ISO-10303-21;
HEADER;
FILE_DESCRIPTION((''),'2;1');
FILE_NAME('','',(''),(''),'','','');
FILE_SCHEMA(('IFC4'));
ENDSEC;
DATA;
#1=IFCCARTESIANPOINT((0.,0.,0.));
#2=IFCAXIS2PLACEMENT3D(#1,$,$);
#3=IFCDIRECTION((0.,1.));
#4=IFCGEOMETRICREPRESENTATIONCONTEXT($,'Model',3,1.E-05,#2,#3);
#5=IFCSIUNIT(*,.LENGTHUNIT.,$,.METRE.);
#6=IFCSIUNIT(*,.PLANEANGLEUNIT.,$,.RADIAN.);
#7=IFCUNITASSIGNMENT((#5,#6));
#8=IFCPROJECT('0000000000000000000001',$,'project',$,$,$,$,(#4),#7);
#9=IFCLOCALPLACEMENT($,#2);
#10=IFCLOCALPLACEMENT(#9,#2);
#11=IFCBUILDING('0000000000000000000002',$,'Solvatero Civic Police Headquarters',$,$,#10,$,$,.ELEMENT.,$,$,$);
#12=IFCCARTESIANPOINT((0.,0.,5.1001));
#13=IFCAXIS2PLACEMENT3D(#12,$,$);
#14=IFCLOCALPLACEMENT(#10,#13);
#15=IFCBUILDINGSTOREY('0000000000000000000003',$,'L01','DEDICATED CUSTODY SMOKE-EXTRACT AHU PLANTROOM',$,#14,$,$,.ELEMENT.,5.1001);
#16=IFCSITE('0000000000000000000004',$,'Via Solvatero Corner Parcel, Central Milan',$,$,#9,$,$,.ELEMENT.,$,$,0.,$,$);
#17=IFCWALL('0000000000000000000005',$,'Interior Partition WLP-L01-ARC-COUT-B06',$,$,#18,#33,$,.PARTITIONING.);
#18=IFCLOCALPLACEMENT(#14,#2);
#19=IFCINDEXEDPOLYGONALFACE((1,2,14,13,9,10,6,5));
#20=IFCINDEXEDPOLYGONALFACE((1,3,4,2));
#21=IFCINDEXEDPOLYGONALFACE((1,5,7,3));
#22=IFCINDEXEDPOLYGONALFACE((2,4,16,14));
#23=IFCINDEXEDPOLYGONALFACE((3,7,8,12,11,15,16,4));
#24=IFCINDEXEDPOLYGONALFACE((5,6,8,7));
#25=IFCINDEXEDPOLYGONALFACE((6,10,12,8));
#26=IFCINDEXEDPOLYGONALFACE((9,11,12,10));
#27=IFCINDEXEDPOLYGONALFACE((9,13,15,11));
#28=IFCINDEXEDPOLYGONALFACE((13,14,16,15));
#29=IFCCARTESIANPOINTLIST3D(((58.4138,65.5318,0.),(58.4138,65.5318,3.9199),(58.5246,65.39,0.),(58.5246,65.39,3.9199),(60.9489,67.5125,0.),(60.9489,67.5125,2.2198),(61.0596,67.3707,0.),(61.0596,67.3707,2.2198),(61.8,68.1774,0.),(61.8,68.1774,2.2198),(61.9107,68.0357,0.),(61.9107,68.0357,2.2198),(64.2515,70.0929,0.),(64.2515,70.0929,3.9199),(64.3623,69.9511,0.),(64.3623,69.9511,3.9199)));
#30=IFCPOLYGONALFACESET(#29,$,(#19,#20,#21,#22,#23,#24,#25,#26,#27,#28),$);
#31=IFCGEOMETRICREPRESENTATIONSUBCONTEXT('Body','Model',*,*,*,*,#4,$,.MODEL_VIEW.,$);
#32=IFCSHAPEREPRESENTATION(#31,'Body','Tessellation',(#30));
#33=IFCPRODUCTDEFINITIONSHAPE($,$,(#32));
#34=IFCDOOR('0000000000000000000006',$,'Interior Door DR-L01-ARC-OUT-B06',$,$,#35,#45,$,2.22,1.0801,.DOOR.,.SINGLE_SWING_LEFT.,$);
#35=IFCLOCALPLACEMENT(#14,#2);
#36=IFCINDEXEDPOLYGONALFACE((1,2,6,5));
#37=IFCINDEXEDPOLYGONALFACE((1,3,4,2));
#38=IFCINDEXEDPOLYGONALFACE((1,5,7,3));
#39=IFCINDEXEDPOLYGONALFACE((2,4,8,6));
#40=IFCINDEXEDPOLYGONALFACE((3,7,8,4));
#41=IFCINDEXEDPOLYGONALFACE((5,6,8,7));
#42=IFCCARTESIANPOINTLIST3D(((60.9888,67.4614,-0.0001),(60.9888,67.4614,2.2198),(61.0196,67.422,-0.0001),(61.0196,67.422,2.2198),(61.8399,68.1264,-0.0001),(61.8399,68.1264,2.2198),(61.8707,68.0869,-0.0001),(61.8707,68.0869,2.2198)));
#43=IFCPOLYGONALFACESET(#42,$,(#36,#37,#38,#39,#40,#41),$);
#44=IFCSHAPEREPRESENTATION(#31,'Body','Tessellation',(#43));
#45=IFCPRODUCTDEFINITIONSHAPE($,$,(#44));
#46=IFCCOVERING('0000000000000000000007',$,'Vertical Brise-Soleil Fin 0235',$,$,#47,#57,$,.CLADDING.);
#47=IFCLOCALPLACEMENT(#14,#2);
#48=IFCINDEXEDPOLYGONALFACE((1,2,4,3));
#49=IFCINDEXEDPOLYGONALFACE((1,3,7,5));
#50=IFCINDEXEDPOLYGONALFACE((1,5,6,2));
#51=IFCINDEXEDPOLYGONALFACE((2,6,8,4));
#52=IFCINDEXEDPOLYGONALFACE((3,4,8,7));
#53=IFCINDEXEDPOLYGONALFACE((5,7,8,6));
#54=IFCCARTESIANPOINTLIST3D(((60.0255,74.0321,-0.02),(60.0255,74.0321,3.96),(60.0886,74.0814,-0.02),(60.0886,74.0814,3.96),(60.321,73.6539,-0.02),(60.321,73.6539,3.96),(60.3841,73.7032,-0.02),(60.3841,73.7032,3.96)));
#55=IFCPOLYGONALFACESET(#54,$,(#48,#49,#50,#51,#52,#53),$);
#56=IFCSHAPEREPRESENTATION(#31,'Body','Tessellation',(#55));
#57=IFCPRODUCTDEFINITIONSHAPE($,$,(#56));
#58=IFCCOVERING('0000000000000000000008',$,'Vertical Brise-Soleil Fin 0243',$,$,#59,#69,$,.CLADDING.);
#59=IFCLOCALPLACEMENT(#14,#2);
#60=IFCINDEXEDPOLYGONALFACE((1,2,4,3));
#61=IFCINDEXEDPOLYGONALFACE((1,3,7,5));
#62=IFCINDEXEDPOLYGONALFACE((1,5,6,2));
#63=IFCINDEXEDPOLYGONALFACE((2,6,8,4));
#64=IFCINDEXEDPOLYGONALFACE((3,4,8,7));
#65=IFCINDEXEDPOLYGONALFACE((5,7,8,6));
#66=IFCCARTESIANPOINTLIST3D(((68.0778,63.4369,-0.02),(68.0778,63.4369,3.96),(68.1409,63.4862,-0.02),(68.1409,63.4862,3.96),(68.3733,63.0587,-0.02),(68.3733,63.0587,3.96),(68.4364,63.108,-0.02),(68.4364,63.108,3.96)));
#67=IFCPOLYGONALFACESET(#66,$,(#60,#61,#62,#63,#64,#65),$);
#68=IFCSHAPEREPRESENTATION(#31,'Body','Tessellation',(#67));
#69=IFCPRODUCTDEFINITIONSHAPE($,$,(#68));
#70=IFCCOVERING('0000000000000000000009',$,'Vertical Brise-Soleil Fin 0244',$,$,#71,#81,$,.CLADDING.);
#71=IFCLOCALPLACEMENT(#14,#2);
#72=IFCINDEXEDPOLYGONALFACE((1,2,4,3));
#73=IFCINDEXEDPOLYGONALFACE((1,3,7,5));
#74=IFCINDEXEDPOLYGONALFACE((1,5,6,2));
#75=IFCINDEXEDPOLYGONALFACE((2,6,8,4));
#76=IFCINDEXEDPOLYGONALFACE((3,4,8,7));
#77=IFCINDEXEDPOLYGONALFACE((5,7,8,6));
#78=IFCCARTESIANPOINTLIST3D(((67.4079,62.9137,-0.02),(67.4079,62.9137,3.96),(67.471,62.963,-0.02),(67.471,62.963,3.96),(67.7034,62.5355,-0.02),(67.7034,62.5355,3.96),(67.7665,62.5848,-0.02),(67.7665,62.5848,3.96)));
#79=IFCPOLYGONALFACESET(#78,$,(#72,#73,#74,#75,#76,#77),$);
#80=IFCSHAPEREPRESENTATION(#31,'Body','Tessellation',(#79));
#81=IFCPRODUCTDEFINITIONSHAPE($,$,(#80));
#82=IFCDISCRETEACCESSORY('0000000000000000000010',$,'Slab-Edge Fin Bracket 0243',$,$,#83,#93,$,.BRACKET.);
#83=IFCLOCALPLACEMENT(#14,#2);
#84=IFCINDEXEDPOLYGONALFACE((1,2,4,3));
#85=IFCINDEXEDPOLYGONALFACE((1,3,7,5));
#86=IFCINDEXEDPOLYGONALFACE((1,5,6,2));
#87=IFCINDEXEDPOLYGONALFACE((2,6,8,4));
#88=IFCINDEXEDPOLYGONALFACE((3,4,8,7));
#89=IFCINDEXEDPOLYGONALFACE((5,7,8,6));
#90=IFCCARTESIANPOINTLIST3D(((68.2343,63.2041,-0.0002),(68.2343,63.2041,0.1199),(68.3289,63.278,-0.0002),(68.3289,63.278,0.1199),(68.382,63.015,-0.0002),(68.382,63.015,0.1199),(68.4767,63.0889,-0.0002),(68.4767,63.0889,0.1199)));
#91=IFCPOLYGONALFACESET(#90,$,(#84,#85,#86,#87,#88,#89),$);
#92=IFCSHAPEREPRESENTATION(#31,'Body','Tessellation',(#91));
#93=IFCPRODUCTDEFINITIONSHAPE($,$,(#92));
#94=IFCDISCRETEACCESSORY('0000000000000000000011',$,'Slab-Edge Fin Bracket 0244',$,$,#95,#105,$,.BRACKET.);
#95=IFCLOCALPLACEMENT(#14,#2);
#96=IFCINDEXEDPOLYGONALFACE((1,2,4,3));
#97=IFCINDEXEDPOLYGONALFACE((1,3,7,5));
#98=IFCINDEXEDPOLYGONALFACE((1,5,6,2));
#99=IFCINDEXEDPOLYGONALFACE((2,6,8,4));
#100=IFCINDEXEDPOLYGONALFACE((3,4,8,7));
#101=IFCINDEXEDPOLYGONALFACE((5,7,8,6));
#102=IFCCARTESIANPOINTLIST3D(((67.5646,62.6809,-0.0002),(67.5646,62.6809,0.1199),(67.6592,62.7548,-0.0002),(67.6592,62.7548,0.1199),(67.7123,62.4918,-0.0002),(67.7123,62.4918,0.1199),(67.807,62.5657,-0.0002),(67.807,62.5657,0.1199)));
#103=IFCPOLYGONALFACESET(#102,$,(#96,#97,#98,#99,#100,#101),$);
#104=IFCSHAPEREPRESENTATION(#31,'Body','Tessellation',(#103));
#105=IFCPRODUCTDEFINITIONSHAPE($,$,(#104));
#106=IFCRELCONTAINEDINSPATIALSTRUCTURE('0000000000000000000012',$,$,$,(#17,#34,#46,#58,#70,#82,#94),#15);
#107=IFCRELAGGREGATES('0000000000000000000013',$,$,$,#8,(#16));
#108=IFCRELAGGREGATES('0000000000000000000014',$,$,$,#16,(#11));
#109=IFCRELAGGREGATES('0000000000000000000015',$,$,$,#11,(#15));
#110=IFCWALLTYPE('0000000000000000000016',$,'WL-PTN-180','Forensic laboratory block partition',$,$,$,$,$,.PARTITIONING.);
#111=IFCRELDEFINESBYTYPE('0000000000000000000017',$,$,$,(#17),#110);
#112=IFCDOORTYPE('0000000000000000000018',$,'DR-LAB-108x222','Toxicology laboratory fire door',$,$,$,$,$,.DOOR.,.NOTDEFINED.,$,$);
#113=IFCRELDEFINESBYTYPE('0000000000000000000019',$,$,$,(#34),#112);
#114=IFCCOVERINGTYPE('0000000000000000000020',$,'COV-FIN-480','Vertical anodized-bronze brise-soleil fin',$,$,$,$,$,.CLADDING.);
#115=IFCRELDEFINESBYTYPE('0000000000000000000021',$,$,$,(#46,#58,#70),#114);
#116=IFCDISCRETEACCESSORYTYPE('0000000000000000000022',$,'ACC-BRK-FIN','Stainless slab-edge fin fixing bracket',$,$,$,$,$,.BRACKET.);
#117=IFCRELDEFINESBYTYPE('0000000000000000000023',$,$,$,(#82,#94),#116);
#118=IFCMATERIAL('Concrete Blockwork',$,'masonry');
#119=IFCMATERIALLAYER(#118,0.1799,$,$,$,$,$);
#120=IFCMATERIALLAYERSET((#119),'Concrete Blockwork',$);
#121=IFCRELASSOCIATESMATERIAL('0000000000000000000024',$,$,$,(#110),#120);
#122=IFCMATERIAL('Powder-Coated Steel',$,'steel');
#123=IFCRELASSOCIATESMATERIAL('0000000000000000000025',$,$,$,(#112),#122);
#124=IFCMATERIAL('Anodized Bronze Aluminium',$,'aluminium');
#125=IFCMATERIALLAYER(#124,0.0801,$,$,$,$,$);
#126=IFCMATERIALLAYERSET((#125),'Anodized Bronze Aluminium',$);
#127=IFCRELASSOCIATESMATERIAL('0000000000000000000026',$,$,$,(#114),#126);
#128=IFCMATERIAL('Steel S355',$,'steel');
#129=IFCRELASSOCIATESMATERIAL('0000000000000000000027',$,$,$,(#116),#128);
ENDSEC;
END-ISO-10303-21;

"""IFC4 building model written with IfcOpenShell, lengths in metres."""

from ifc_helpers import new_model, si_unit, direction, frame, frame_2d, origin, origin_2d, place, context, subcontext, project, spatial, rectangle, extrude, material, layer, layer_set, type_object, element, fill, save


model = new_model("IFC4")

# Units and contexts
model_context = context("Model", 3, precision=1e-05, world=origin(), true_north=direction((0.0, 1.0)))
body_context = subcontext(model_context, "Body", "Model", "MODEL_VIEW")
ifc_project = project(units=[si_unit("LENGTHUNIT", "METRE"), si_unit("PLANEANGLEUNIT", "RADIAN")], contexts=[model_context])

# Site, building, storey
site_placement = place(None, origin())
site = spatial("IfcSite", under=ifc_project, at=site_placement, Name="Via Solvatero Corner Parcel, Central Milan", CompositionType="ELEMENT", RefElevation=0.0)
building_placement = place(site_placement, origin())
building = spatial("IfcBuilding", under=site, at=building_placement, Name="Solvatero Civic Police Headquarters", CompositionType="ELEMENT")
storey_placement = place(building_placement, frame((0.0, 0.0, 5.1001)))
storey = spatial("IfcBuildingStorey", under=building, at=storey_placement, Name="L01", Description="DEDICATED CUSTODY SMOKE-EXTRACT AHU PLANTROOM", CompositionType="ELEMENT", Elevation=5.1001)

# Shared definitions
ifc_material_1 = material(Name="Steel S355", Category="steel")

# Shared definitions
ifc_material_2 = material(Name="Anodized Bronze Aluminium", Category="aluminium")

# Wall, opening, door
ifc_material_3 = material(Name="Concrete Blockwork", Category="masonry")
ifc_layer_1 = layer(ifc_material_3, 0.1799)
ifc_layer_set_1 = layer_set([ifc_layer_1], Name="Concrete Blockwork")
wall_type = type_object("IfcWallType", Name="WL-PTN-180", Description="Forensic laboratory block partition", PredefinedType="PARTITIONING", material=ifc_layer_set_1)
ifc_material_4 = material(Name="Powder-Coated Steel", Category="steel")
wall_1_placement = place(storey_placement, frame((64.3069, 70.022, 0.0), z_axis=(0.0, 0.0, 1.0), x_axis=(-0.788, -0.615675, 0.0)))
wall_1 = element("IfcWall", 1, at=wall_1_placement, inside=storey, type_object=wall_type, Name="Interior Partition WLP-L01-ARC-COUT-B06", PredefinedType="PARTITIONING", context=body_context, shape_type="SweptSolid", body=[
    extrude(rectangle(XDim=7.4082, YDim=0.1799, at=frame_2d((3.7041, 0.0))), origin(), (0.0, 0.0, 1.0), 3.9199),
])
opening_1_placement = place(wall_1_placement, frame((3.1111, 0.0, 0.0)))
opening_1 = element("IfcOpeningElement", 2, at=opening_1_placement, cuts=wall_1, PredefinedType="OPENING", context=body_context, shape_type="SweptSolid", body=[
    extrude(rectangle(XDim=1.0801, YDim=2.22, at=frame_2d((0.54, 1.1099))), frame((0.0, 0.0999, 0.0), z_axis=(0.0, -1.0, 0.0), x_axis=(1.0, 0.0, 0.0)), (0.0, 0.0, 1.0), 0.2),
])
door_type_1 = type_object("IfcDoorType", Name="DR-LAB-108x222", Description="Toxicology laboratory fire door", OperationType="NOTDEFINED", PredefinedType="DOOR", material=ifc_material_4)
door_1_placement = place(opening_1_placement, origin())
door_1 = element("IfcDoor", 3, at=door_1_placement, inside=storey, type_object=door_type_1, Name="Interior Door DR-L01-ARC-OUT-B06", OperationType="SINGLE_SWING_LEFT", OverallHeight=2.22, OverallWidth=1.0801, PredefinedType="DOOR", context=body_context, shape_type="SweptSolid", body=[
    extrude(rectangle(XDim=1.0801, YDim=2.22, at=frame_2d((0.54, 1.1099))), frame((0.0, 0.0249, 0.0), z_axis=(0.0, -1.0, 0.0), x_axis=(1.0, 0.0, 0.0)), (0.0, 0.0, 1.0), 0.05),
])
fill(opening_1, door_1)

# Coverings
ifc_layer_2 = layer(ifc_material_2, 0.0801)
ifc_layer_set_2 = layer_set([ifc_layer_2], Name="Anodized Bronze Aluminium")
covering_type = type_object("IfcCoveringType", Name="COV-FIN-480", Description="Vertical anodized-bronze brise-soleil fin", PredefinedType="CLADDING", material=ifc_layer_set_2)
for number, where, z_axis, x_axis, name in (
    (4, (60.2048, 73.8677, -0.02), (0.0, 0.0, 1.0), (-0.788011, -0.615661, 0.0), "Vertical Brise-Soleil Fin 0235"),
    (5, (68.2571, 63.2725, -0.02), (0.0, 0.0, 1.0), (-0.788011, -0.615661, 0.0), "Vertical Brise-Soleil Fin 0243"),
    (6, (67.5872, 62.7493, -0.02), (0.0, 0.0, 1.0), (-0.788011, -0.615661, 0.0), "Vertical Brise-Soleil Fin 0244"),
):
    element("IfcCovering", number, at=place(storey_placement, frame(where, z_axis=z_axis, x_axis=x_axis)), inside=storey, type_object=covering_type, Name=name, PredefinedType="CLADDING", context=body_context, shape_type="SweptSolid", body=[
        extrude(rectangle(XDim=0.0801, YDim=0.48, at=origin_2d()), origin(), (0.0, 0.0, 1.0), 3.98),
    ])

# Discrete accessories
discrete_accessory_type = type_object("IfcDiscreteAccessoryType", Name="ACC-BRK-FIN", Description="Stainless slab-edge fin fixing bracket", PredefinedType="BRACKET", material=ifc_material_1)
for number, where, z_axis, x_axis, name in (
    (7, (68.3555, 63.1465, -0.0002), (0.0, 0.0, 1.0), (-0.788011, -0.615661, 0.0), "Slab-Edge Fin Bracket 0243"),
    (8, (67.6858, 62.6233, -0.0002), (0.0, 0.0, 1.0), (-0.788011, -0.615661, 0.0), "Slab-Edge Fin Bracket 0244"),
):
    element("IfcDiscreteAccessory", number, at=place(storey_placement, frame(where, z_axis=z_axis, x_axis=x_axis)), inside=storey, type_object=discrete_accessory_type, Name=name, PredefinedType="BRACKET", context=body_context, shape_type="SweptSolid", body=[
        extrude(rectangle(XDim=0.1201, YDim=0.24, at=origin_2d()), origin(), (0.0, 0.0, 1.0), 0.1201),
    ])

save(model, "model.ifc")
